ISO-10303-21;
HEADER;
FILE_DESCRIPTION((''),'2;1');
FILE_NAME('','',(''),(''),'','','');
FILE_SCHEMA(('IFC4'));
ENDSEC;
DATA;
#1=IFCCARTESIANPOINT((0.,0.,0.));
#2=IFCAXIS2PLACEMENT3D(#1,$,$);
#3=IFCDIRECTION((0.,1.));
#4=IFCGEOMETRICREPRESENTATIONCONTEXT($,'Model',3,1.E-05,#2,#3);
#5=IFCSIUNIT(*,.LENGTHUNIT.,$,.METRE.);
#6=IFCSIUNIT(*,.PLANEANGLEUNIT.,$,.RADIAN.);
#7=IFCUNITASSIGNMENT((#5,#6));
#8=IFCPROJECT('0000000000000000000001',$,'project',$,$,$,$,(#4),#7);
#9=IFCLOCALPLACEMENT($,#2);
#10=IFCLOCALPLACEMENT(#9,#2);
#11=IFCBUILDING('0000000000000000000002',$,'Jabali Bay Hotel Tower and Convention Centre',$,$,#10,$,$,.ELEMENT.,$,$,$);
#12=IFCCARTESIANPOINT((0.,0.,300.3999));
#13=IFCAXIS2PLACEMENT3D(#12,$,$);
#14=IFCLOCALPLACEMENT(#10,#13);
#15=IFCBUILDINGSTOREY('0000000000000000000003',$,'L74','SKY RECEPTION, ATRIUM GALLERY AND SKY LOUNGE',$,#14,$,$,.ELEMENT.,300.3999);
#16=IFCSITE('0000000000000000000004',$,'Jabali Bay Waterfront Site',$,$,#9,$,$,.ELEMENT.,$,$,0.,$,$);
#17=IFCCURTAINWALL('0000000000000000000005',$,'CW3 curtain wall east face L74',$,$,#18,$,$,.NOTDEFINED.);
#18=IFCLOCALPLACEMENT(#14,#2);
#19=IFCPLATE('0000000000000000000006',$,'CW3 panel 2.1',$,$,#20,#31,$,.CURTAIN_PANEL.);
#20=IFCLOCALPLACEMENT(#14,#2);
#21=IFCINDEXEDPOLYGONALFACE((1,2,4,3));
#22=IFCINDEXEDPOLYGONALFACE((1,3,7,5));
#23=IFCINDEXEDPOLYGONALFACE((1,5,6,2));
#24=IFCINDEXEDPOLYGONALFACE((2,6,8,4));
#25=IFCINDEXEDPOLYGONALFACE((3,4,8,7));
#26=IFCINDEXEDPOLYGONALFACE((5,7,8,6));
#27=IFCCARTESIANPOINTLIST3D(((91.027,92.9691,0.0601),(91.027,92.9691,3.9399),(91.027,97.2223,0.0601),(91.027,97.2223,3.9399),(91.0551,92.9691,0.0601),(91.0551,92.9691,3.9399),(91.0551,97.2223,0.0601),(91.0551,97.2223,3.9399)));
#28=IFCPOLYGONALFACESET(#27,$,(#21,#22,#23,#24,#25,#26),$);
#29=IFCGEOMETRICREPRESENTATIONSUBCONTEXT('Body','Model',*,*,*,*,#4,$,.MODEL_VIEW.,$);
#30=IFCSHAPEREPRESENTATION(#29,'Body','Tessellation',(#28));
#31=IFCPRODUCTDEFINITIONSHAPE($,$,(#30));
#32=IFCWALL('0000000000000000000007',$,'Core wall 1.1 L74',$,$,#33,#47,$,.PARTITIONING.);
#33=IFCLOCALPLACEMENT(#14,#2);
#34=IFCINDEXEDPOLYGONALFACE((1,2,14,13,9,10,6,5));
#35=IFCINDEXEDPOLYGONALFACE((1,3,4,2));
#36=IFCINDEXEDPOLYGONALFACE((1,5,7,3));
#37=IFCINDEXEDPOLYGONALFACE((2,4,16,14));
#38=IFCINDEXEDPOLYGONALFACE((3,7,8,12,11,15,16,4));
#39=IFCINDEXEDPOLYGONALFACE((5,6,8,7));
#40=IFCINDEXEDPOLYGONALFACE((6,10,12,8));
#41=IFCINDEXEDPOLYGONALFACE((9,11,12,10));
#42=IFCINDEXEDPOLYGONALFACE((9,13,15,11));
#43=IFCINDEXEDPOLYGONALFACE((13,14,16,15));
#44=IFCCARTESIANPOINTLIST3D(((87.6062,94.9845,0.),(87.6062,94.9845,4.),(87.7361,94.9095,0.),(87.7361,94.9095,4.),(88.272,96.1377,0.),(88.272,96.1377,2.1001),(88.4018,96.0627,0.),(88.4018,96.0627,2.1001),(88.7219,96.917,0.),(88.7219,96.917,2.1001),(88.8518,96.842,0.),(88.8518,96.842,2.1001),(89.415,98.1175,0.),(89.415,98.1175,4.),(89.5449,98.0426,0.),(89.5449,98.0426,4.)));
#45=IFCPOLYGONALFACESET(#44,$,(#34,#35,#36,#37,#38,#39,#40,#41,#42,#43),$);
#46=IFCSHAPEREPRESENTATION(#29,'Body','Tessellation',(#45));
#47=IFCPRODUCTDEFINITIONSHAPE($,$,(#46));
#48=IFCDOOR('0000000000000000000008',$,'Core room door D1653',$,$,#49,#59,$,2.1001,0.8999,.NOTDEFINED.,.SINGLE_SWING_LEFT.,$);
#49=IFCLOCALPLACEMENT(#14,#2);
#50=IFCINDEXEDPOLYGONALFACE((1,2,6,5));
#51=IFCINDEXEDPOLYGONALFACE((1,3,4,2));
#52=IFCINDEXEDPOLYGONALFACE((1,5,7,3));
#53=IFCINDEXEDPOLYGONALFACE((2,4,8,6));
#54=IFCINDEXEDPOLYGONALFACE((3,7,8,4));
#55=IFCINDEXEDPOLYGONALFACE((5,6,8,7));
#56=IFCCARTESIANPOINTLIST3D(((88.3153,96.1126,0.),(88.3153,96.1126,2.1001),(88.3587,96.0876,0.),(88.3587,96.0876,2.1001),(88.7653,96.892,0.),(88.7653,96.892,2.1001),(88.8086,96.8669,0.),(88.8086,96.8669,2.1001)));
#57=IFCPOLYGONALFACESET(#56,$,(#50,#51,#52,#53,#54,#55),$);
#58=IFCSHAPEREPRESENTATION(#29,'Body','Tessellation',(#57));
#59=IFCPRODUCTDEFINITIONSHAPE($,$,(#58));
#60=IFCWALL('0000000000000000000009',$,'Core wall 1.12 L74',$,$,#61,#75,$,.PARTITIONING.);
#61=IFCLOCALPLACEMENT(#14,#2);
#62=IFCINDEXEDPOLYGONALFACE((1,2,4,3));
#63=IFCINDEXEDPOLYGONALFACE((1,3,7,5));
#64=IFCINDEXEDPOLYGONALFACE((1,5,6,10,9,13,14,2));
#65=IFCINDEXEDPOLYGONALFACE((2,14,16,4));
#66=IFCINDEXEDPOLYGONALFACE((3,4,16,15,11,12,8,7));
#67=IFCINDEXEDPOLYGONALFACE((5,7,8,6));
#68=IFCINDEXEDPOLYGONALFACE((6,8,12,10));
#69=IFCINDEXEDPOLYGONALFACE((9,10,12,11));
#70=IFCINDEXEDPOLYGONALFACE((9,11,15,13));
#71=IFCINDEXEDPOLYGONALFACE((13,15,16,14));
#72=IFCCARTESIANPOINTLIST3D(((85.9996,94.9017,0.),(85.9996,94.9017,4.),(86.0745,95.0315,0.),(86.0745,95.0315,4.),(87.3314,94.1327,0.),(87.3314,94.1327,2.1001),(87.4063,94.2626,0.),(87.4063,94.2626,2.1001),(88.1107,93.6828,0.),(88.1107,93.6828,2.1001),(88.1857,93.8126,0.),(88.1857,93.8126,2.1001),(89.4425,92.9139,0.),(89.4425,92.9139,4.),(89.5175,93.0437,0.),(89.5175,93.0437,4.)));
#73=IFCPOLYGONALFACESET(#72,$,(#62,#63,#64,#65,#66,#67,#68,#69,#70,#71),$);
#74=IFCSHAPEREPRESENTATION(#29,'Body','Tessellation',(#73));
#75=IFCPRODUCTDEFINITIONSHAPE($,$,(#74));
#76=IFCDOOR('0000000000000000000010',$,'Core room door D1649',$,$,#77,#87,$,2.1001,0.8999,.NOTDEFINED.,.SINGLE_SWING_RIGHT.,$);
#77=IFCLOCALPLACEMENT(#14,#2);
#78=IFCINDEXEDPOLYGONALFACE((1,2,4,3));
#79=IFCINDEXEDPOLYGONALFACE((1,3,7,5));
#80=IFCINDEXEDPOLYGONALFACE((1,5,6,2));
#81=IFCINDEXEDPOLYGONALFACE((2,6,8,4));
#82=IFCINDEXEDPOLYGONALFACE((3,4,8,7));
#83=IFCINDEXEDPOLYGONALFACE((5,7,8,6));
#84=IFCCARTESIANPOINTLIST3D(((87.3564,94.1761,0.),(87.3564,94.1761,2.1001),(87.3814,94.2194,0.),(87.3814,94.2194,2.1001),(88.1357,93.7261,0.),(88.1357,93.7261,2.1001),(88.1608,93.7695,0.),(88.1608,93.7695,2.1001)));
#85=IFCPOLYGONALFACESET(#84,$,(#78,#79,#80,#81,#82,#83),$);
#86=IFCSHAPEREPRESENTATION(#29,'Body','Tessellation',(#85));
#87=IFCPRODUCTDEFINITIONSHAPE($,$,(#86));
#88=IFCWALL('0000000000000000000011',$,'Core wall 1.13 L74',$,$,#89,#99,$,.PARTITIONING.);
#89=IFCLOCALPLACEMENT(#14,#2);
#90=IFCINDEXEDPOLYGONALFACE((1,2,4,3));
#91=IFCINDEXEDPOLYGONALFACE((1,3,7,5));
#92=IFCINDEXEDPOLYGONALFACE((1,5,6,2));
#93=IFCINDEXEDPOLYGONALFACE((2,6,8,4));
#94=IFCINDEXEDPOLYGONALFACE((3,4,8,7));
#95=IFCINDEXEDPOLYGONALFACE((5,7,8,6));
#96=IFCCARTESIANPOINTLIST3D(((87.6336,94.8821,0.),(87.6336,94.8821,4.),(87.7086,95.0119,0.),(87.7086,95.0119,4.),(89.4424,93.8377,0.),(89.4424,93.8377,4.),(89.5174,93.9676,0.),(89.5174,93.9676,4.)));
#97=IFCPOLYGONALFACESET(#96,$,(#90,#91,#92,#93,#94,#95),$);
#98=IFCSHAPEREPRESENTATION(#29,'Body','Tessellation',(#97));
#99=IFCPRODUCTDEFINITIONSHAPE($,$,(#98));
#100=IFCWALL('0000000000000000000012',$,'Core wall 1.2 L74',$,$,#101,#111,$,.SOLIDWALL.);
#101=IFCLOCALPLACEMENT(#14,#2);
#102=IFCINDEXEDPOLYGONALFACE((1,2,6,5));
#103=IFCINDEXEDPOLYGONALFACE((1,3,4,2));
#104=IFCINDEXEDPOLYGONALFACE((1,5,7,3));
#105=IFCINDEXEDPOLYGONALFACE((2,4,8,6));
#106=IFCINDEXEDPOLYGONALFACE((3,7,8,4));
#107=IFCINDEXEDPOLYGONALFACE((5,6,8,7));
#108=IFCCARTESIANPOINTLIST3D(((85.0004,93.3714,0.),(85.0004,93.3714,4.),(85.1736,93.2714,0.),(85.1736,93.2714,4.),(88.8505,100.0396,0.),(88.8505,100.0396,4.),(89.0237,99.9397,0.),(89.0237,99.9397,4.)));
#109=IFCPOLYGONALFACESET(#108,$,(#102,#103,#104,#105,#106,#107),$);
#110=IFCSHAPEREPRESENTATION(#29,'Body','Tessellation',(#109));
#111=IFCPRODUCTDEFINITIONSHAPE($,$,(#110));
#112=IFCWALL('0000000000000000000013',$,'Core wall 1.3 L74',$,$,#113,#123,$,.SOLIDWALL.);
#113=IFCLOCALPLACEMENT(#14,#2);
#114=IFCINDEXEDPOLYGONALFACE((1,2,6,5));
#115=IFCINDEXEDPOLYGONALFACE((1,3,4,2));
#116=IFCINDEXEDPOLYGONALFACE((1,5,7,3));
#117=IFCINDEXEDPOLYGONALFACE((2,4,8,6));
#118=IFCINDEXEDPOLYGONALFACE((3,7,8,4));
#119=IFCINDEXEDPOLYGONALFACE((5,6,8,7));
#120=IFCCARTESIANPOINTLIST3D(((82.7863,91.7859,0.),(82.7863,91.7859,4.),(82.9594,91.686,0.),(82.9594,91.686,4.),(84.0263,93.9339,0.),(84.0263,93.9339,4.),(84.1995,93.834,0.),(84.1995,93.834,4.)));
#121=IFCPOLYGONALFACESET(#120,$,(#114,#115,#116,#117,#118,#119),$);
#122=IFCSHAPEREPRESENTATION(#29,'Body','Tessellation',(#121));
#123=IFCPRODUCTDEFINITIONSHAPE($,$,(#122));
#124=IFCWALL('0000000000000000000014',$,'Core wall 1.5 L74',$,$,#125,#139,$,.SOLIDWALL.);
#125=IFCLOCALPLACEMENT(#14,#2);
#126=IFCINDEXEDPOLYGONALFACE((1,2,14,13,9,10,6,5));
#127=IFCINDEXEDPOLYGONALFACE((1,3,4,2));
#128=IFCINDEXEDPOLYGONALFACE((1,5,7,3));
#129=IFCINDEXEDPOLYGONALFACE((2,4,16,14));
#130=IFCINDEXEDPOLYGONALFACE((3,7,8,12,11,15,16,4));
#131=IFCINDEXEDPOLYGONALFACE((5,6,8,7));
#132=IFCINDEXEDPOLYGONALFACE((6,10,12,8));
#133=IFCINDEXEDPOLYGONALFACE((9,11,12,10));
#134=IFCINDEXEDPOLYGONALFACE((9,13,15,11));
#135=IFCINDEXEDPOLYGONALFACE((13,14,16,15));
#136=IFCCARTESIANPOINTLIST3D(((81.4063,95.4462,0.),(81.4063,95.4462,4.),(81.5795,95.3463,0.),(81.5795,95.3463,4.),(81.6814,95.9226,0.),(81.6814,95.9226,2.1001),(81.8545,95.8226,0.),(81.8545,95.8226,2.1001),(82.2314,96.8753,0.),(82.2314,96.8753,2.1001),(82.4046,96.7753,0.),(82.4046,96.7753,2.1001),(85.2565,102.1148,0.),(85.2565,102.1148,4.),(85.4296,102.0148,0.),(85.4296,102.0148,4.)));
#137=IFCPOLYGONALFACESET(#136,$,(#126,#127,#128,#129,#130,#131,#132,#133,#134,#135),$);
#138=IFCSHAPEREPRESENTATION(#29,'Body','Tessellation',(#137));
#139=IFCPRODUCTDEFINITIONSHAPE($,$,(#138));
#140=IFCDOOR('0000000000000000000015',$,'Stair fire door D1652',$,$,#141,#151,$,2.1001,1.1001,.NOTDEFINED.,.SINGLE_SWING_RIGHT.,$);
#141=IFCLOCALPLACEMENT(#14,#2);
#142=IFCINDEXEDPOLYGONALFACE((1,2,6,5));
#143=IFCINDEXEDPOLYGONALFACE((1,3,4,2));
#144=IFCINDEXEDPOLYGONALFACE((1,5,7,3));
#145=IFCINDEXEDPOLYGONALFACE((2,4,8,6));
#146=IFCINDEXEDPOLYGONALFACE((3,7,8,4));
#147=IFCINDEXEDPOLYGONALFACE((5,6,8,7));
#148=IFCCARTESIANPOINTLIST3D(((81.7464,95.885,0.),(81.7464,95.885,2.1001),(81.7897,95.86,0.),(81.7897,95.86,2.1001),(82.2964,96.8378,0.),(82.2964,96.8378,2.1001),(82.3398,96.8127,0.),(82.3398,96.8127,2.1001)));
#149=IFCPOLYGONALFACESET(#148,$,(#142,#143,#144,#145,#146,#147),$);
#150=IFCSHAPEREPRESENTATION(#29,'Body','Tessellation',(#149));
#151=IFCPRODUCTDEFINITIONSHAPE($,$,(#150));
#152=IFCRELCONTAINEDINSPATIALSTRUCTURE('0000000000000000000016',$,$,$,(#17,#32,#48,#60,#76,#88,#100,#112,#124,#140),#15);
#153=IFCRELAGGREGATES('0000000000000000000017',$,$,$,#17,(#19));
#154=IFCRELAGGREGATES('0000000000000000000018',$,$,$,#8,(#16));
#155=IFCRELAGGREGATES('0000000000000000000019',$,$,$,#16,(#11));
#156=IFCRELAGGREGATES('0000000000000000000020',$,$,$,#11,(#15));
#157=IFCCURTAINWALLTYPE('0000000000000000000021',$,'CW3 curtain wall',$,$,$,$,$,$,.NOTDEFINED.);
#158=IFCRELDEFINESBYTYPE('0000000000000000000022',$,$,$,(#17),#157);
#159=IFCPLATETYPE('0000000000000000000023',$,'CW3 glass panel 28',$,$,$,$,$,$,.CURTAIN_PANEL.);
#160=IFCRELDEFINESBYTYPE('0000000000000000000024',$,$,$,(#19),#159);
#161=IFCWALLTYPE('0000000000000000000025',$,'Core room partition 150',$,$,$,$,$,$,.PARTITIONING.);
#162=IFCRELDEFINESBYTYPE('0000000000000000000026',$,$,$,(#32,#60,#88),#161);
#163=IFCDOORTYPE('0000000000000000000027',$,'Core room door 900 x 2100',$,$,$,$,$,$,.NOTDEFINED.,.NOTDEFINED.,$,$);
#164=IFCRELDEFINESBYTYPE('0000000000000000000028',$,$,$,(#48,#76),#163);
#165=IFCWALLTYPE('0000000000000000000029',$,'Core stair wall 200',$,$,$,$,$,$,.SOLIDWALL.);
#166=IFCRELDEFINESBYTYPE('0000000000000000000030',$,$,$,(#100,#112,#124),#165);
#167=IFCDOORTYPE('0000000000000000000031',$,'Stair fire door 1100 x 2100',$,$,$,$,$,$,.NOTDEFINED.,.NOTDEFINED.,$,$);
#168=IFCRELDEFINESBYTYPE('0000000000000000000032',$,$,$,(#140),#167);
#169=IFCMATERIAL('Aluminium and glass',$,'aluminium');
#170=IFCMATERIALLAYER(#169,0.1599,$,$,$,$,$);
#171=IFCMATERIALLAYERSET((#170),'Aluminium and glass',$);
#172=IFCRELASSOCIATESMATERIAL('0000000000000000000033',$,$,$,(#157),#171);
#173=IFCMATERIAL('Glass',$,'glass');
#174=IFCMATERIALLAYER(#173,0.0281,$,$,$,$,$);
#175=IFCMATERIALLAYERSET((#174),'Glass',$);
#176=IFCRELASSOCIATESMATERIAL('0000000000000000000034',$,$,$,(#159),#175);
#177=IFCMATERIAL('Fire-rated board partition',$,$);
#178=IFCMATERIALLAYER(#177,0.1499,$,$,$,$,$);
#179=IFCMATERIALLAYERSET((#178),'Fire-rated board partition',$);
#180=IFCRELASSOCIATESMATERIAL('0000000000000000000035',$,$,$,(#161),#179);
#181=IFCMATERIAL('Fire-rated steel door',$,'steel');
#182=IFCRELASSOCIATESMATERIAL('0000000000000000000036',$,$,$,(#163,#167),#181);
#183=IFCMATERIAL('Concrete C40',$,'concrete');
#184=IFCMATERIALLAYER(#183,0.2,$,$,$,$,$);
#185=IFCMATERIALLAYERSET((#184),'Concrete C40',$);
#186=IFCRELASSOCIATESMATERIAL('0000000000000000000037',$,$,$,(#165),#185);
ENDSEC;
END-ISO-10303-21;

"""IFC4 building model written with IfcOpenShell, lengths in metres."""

from ifc_helpers import new_model, si_unit, direction, frame, frame_2d, origin, origin_2d, place, context, subcontext, project, spatial, rectangle, extrude, material, layer, layer_set, type_object, element, fill, aggregate, save


model = new_model("IFC4")

# Units and contexts
model_context = context("Model", 3, precision=1e-05, world=origin(), true_north=direction((0.0, 1.0)))
body_context = subcontext(model_context, "Body", "Model", "MODEL_VIEW")
ifc_project = project(units=[si_unit("LENGTHUNIT", "METRE"), si_unit("PLANEANGLEUNIT", "RADIAN")], contexts=[model_context])

# Site, building, storey
site_placement = place(None, origin())
site = spatial("IfcSite", under=ifc_project, at=site_placement, Name="Jabali Bay Waterfront Site", CompositionType="ELEMENT", RefElevation=0.0)
building_placement = place(site_placement, origin())
building = spatial("IfcBuilding", under=site, at=building_placement, Name="Jabali Bay Hotel Tower and Convention Centre", CompositionType="ELEMENT")
storey_placement = place(building_placement, frame((0.0, 0.0, 300.3999)))
storey = spatial("IfcBuildingStorey", under=building, at=storey_placement, Name="L74", Description="SKY RECEPTION, ATRIUM GALLERY AND SKY LOUNGE", CompositionType="ELEMENT", Elevation=300.3999)

# Curtain wall, plate
ifc_material_1 = material(Name="Aluminium and glass", Category="aluminium")
ifc_layer_1 = layer(ifc_material_1, 0.1599)
ifc_layer_set_1 = layer_set([ifc_layer_1], Name="Aluminium and glass")
curtain_wall_type = type_object("IfcCurtainWallType", Name="CW3 curtain wall", PredefinedType="NOTDEFINED", material=ifc_layer_set_1)
curtain_wall_placement = place(storey_placement, origin())
curtain_wall = element("IfcCurtainWall", 1, at=curtain_wall_placement, inside=storey, type_object=curtain_wall_type, Name="CW3 curtain wall east face L74", PredefinedType="NOTDEFINED")
ifc_material_2 = material(Name="Glass", Category="glass")
ifc_layer_2 = layer(ifc_material_2, 0.0281)
ifc_layer_set_2 = layer_set([ifc_layer_2], Name="Glass")
plate_type = type_object("IfcPlateType", Name="CW3 glass panel 28", PredefinedType="CURTAIN_PANEL", material=ifc_layer_set_2)
plate_1_placement = place(storey_placement, frame((91.041, 95.0957, 0.0601), z_axis=(0.0, 0.0, 1.0), x_axis=(0.0, -1.0, 0.0)))
plate_1 = element("IfcPlate", 2, at=plate_1_placement, type_object=plate_type, Name="CW3 panel 2.1", PredefinedType="CURTAIN_PANEL", context=body_context, shape_type="SweptSolid", body=[
    extrude(rectangle(XDim=4.2532, YDim=0.0281, at=origin_2d()), origin(), (0.0, 0.0, 1.0), 3.8799),
])
aggregate(curtain_wall, [plate_1])

# Walls, openings, doors
ifc_material_3 = material(Name="Fire-rated board partition")
ifc_layer_3 = layer(ifc_material_3, 0.1499)
ifc_layer_set_3 = layer_set([ifc_layer_3], Name="Fire-rated board partition")
wall_type_1 = type_object("IfcWallType", Name="Core room partition 150", PredefinedType="PARTITIONING", material=ifc_layer_set_3)
wall_1_placement = place(storey_placement, frame((87.6711, 94.947, 0.0), z_axis=(0.0, 0.0, 1.0), x_axis=(0.499993, 0.866029, 0.0)))
wall_1 = element("IfcWall", 3, at=wall_1_placement, inside=storey, type_object=wall_type_1, Name="Core wall 1.1 L74", PredefinedType="PARTITIONING", context=body_context, shape_type="SweptSolid", body=[
    extrude(rectangle(XDim=3.6177, YDim=0.1499, at=frame_2d((1.8088, 0.0))), origin(), (0.0, 0.0, 1.0), 4.0),
])
opening_1_placement = place(wall_1_placement, frame((1.3315, 0.0, 0.0)))
opening_1 = element("IfcOpeningElement", 4, at=opening_1_placement, cuts=wall_1, PredefinedType="OPENING", context=body_context, shape_type="SweptSolid", body=[
    extrude(rectangle(XDim=0.8999, YDim=2.1001, at=frame_2d((0.45, 1.05))), frame((0.0, 0.0854, 0.0), z_axis=(0.0, -1.0, 0.0), x_axis=(1.0, 0.0, 0.0)), (0.0, 0.0, 1.0), 0.1709),
])
ifc_material_4 = material(Name="Fire-rated steel door", Category="steel")
door_type_1 = type_object("IfcDoorType", Name="Core room door 900 x 2100", OperationType="NOTDEFINED", PredefinedType="NOTDEFINED", material=ifc_material_4)
door_1_placement = place(opening_1_placement, origin())
door_1 = element("IfcDoor", 5, at=door_1_placement, inside=storey, type_object=door_type_1, Name="Core room door D1653", OperationType="SINGLE_SWING_LEFT", OverallHeight=2.1001, OverallWidth=0.8999, PredefinedType="NOTDEFINED", context=body_context, shape_type="SweptSolid", body=[
    extrude(rectangle(XDim=0.8999, YDim=2.1001, at=frame_2d((0.45, 1.05))), frame((0.0, 0.0249, 0.0), z_axis=(0.0, -1.0, 0.0), x_axis=(1.0, 0.0, 0.0)), (0.0, 0.0, 1.0), 0.05),
])
fill(opening_1, door_1)
wall_2_placement = place(storey_placement, frame((89.48, 92.9788, 0.0), z_axis=(0.0, 0.0, 1.0), x_axis=(-0.86602, 0.50001, 0.0)))
wall_2 = element("IfcWall", 6, at=wall_2_placement, inside=storey, type_object=wall_type_1, Name="Core wall 1.12 L74", PredefinedType="PARTITIONING", context=body_context, shape_type="SweptSolid", body=[
    extrude(rectangle(XDim=3.9756, YDim=0.1499, at=frame_2d((1.9878, 0.0))), origin(), (0.0, 0.0, 1.0), 4.0),
])
opening_2_placement = place(wall_2_placement, frame((1.5378, 0.0, 0.0)))
opening_2 = element("IfcOpeningElement", 7, at=opening_2_placement, cuts=wall_2, PredefinedType="OPENING", context=body_context, shape_type="SweptSolid", body=[
    extrude(rectangle(XDim=0.8999, YDim=2.1001, at=frame_2d((0.45, 1.05))), frame((0.0, 0.0854, 0.0), z_axis=(0.0, -1.0, 0.0), x_axis=(1.0, 0.0, 0.0)), (0.0, 0.0, 1.0), 0.1709),
])
door_2_placement = place(opening_2_placement, origin())
door_2 = element("IfcDoor", 8, at=door_2_placement, inside=storey, type_object=door_type_1, Name="Core room door D1649", OperationType="SINGLE_SWING_RIGHT", OverallHeight=2.1001, OverallWidth=0.8999, PredefinedType="NOTDEFINED", context=body_context, shape_type="SweptSolid", body=[
    extrude(rectangle(XDim=0.8999, YDim=2.1001, at=frame_2d((0.45, 1.05))), frame((0.0, 0.0249, 0.0), z_axis=(0.0, -1.0, 0.0), x_axis=(1.0, 0.0, 0.0)), (0.0, 0.0, 1.0), 0.05),
])
fill(opening_2, door_2)

# Walls
wall_3_placement = place(storey_placement, frame((89.48, 93.9026, 0.0), z_axis=(0.0, 0.0, 1.0), x_axis=(-0.866005, 0.500036, 0.0)))
element("IfcWall", 9, at=wall_3_placement, inside=storey, type_object=wall_type_1, Name="Core wall 1.13 L74", PredefinedType="PARTITIONING", context=body_context, shape_type="SweptSolid", body=[
    extrude(rectangle(XDim=2.0886, YDim=0.1499, at=frame_2d((1.0444, 0.0))), origin(), (0.0, 0.0, 1.0), 4.0),
])
ifc_material_5 = material(Name="Concrete C40", Category="concrete")
ifc_layer_4 = layer(ifc_material_5, 0.2)
ifc_layer_set_4 = layer_set([ifc_layer_4], Name="Concrete C40")
wall_type_2 = type_object("IfcWallType", Name="Core stair wall 200", PredefinedType="SOLIDWALL", material=ifc_layer_set_4)
wall_4_placement = place(storey_placement, frame((85.0869, 93.3213, 0.0), z_axis=(0.0, 0.0, 1.0), x_axis=(0.50002, 0.866014, 0.0)))
element("IfcWall", 10, at=wall_4_placement, inside=storey, type_object=wall_type_2, Name="Core wall 1.2 L74", PredefinedType="SOLIDWALL", context=body_context, shape_type="SweptSolid", body=[
    extrude(rectangle(XDim=7.7, YDim=0.2, at=frame_2d((3.8501, 0.0))), origin(), (0.0, 0.0, 1.0), 4.0),
])
wall_5_placement = place(storey_placement, frame((82.8728, 91.7358, 0.0), z_axis=(0.0, 0.0, 1.0), x_axis=(0.499961, 0.866048, 0.0)))
element("IfcWall", 11, at=wall_5_placement, inside=storey, type_object=wall_type_2, Name="Core wall 1.3 L74", PredefinedType="SOLIDWALL", context=body_context, shape_type="SweptSolid", body=[
    extrude(rectangle(XDim=2.4802, YDim=0.2, at=frame_2d((1.2402, 0.0))), origin(), (0.0, 0.0, 1.0), 4.0),
])

# Wall, opening, door
wall_6_placement = place(storey_placement, frame((81.4929, 95.3962, 0.0), z_axis=(0.0, 0.0, 1.0), x_axis=(0.500006, 0.866022, 0.0)))
wall_6 = element("IfcWall", 12, at=wall_6_placement, inside=storey, type_object=wall_type_2, Name="Core wall 1.5 L74", PredefinedType="SOLIDWALL", context=body_context, shape_type="SweptSolid", body=[
    extrude(rectangle(XDim=7.7002, YDim=0.2, at=frame_2d((3.8501, 0.0))), origin(), (0.0, 0.0, 1.0), 4.0),
])
opening_3_placement = place(wall_6_placement, frame((0.55, 0.0, 0.0)))
opening_3 = element("IfcOpeningElement", 13, at=opening_3_placement, cuts=wall_6, PredefinedType="OPENING", context=body_context, shape_type="SweptSolid", body=[
    extrude(rectangle(XDim=1.1001, YDim=2.1001, at=frame_2d((0.55, 1.05))), frame((0.0, 0.1104, 0.0), z_axis=(0.0, -1.0, 0.0), x_axis=(1.0, 0.0, 0.0)), (0.0, 0.0, 1.0), 0.2209),
])
door_type_2 = type_object("IfcDoorType", Name="Stair fire door 1100 x 2100", OperationType="NOTDEFINED", PredefinedType="NOTDEFINED", material=ifc_material_4)
door_3_placement = place(opening_3_placement, origin())
door_3 = element("IfcDoor", 14, at=door_3_placement, inside=storey, type_object=door_type_2, Name="Stair fire door D1652", OperationType="SINGLE_SWING_RIGHT", OverallHeight=2.1001, OverallWidth=1.1001, PredefinedType="NOTDEFINED", context=body_context, shape_type="SweptSolid", body=[
    extrude(rectangle(XDim=1.1001, YDim=2.1001, at=frame_2d((0.55, 1.05))), frame((0.0, 0.0249, 0.0), z_axis=(0.0, -1.0, 0.0), x_axis=(1.0, 0.0, 0.0)), (0.0, 0.0, 1.0), 0.05),
])
fill(opening_3, door_3)

save(model, "model.ifc")
